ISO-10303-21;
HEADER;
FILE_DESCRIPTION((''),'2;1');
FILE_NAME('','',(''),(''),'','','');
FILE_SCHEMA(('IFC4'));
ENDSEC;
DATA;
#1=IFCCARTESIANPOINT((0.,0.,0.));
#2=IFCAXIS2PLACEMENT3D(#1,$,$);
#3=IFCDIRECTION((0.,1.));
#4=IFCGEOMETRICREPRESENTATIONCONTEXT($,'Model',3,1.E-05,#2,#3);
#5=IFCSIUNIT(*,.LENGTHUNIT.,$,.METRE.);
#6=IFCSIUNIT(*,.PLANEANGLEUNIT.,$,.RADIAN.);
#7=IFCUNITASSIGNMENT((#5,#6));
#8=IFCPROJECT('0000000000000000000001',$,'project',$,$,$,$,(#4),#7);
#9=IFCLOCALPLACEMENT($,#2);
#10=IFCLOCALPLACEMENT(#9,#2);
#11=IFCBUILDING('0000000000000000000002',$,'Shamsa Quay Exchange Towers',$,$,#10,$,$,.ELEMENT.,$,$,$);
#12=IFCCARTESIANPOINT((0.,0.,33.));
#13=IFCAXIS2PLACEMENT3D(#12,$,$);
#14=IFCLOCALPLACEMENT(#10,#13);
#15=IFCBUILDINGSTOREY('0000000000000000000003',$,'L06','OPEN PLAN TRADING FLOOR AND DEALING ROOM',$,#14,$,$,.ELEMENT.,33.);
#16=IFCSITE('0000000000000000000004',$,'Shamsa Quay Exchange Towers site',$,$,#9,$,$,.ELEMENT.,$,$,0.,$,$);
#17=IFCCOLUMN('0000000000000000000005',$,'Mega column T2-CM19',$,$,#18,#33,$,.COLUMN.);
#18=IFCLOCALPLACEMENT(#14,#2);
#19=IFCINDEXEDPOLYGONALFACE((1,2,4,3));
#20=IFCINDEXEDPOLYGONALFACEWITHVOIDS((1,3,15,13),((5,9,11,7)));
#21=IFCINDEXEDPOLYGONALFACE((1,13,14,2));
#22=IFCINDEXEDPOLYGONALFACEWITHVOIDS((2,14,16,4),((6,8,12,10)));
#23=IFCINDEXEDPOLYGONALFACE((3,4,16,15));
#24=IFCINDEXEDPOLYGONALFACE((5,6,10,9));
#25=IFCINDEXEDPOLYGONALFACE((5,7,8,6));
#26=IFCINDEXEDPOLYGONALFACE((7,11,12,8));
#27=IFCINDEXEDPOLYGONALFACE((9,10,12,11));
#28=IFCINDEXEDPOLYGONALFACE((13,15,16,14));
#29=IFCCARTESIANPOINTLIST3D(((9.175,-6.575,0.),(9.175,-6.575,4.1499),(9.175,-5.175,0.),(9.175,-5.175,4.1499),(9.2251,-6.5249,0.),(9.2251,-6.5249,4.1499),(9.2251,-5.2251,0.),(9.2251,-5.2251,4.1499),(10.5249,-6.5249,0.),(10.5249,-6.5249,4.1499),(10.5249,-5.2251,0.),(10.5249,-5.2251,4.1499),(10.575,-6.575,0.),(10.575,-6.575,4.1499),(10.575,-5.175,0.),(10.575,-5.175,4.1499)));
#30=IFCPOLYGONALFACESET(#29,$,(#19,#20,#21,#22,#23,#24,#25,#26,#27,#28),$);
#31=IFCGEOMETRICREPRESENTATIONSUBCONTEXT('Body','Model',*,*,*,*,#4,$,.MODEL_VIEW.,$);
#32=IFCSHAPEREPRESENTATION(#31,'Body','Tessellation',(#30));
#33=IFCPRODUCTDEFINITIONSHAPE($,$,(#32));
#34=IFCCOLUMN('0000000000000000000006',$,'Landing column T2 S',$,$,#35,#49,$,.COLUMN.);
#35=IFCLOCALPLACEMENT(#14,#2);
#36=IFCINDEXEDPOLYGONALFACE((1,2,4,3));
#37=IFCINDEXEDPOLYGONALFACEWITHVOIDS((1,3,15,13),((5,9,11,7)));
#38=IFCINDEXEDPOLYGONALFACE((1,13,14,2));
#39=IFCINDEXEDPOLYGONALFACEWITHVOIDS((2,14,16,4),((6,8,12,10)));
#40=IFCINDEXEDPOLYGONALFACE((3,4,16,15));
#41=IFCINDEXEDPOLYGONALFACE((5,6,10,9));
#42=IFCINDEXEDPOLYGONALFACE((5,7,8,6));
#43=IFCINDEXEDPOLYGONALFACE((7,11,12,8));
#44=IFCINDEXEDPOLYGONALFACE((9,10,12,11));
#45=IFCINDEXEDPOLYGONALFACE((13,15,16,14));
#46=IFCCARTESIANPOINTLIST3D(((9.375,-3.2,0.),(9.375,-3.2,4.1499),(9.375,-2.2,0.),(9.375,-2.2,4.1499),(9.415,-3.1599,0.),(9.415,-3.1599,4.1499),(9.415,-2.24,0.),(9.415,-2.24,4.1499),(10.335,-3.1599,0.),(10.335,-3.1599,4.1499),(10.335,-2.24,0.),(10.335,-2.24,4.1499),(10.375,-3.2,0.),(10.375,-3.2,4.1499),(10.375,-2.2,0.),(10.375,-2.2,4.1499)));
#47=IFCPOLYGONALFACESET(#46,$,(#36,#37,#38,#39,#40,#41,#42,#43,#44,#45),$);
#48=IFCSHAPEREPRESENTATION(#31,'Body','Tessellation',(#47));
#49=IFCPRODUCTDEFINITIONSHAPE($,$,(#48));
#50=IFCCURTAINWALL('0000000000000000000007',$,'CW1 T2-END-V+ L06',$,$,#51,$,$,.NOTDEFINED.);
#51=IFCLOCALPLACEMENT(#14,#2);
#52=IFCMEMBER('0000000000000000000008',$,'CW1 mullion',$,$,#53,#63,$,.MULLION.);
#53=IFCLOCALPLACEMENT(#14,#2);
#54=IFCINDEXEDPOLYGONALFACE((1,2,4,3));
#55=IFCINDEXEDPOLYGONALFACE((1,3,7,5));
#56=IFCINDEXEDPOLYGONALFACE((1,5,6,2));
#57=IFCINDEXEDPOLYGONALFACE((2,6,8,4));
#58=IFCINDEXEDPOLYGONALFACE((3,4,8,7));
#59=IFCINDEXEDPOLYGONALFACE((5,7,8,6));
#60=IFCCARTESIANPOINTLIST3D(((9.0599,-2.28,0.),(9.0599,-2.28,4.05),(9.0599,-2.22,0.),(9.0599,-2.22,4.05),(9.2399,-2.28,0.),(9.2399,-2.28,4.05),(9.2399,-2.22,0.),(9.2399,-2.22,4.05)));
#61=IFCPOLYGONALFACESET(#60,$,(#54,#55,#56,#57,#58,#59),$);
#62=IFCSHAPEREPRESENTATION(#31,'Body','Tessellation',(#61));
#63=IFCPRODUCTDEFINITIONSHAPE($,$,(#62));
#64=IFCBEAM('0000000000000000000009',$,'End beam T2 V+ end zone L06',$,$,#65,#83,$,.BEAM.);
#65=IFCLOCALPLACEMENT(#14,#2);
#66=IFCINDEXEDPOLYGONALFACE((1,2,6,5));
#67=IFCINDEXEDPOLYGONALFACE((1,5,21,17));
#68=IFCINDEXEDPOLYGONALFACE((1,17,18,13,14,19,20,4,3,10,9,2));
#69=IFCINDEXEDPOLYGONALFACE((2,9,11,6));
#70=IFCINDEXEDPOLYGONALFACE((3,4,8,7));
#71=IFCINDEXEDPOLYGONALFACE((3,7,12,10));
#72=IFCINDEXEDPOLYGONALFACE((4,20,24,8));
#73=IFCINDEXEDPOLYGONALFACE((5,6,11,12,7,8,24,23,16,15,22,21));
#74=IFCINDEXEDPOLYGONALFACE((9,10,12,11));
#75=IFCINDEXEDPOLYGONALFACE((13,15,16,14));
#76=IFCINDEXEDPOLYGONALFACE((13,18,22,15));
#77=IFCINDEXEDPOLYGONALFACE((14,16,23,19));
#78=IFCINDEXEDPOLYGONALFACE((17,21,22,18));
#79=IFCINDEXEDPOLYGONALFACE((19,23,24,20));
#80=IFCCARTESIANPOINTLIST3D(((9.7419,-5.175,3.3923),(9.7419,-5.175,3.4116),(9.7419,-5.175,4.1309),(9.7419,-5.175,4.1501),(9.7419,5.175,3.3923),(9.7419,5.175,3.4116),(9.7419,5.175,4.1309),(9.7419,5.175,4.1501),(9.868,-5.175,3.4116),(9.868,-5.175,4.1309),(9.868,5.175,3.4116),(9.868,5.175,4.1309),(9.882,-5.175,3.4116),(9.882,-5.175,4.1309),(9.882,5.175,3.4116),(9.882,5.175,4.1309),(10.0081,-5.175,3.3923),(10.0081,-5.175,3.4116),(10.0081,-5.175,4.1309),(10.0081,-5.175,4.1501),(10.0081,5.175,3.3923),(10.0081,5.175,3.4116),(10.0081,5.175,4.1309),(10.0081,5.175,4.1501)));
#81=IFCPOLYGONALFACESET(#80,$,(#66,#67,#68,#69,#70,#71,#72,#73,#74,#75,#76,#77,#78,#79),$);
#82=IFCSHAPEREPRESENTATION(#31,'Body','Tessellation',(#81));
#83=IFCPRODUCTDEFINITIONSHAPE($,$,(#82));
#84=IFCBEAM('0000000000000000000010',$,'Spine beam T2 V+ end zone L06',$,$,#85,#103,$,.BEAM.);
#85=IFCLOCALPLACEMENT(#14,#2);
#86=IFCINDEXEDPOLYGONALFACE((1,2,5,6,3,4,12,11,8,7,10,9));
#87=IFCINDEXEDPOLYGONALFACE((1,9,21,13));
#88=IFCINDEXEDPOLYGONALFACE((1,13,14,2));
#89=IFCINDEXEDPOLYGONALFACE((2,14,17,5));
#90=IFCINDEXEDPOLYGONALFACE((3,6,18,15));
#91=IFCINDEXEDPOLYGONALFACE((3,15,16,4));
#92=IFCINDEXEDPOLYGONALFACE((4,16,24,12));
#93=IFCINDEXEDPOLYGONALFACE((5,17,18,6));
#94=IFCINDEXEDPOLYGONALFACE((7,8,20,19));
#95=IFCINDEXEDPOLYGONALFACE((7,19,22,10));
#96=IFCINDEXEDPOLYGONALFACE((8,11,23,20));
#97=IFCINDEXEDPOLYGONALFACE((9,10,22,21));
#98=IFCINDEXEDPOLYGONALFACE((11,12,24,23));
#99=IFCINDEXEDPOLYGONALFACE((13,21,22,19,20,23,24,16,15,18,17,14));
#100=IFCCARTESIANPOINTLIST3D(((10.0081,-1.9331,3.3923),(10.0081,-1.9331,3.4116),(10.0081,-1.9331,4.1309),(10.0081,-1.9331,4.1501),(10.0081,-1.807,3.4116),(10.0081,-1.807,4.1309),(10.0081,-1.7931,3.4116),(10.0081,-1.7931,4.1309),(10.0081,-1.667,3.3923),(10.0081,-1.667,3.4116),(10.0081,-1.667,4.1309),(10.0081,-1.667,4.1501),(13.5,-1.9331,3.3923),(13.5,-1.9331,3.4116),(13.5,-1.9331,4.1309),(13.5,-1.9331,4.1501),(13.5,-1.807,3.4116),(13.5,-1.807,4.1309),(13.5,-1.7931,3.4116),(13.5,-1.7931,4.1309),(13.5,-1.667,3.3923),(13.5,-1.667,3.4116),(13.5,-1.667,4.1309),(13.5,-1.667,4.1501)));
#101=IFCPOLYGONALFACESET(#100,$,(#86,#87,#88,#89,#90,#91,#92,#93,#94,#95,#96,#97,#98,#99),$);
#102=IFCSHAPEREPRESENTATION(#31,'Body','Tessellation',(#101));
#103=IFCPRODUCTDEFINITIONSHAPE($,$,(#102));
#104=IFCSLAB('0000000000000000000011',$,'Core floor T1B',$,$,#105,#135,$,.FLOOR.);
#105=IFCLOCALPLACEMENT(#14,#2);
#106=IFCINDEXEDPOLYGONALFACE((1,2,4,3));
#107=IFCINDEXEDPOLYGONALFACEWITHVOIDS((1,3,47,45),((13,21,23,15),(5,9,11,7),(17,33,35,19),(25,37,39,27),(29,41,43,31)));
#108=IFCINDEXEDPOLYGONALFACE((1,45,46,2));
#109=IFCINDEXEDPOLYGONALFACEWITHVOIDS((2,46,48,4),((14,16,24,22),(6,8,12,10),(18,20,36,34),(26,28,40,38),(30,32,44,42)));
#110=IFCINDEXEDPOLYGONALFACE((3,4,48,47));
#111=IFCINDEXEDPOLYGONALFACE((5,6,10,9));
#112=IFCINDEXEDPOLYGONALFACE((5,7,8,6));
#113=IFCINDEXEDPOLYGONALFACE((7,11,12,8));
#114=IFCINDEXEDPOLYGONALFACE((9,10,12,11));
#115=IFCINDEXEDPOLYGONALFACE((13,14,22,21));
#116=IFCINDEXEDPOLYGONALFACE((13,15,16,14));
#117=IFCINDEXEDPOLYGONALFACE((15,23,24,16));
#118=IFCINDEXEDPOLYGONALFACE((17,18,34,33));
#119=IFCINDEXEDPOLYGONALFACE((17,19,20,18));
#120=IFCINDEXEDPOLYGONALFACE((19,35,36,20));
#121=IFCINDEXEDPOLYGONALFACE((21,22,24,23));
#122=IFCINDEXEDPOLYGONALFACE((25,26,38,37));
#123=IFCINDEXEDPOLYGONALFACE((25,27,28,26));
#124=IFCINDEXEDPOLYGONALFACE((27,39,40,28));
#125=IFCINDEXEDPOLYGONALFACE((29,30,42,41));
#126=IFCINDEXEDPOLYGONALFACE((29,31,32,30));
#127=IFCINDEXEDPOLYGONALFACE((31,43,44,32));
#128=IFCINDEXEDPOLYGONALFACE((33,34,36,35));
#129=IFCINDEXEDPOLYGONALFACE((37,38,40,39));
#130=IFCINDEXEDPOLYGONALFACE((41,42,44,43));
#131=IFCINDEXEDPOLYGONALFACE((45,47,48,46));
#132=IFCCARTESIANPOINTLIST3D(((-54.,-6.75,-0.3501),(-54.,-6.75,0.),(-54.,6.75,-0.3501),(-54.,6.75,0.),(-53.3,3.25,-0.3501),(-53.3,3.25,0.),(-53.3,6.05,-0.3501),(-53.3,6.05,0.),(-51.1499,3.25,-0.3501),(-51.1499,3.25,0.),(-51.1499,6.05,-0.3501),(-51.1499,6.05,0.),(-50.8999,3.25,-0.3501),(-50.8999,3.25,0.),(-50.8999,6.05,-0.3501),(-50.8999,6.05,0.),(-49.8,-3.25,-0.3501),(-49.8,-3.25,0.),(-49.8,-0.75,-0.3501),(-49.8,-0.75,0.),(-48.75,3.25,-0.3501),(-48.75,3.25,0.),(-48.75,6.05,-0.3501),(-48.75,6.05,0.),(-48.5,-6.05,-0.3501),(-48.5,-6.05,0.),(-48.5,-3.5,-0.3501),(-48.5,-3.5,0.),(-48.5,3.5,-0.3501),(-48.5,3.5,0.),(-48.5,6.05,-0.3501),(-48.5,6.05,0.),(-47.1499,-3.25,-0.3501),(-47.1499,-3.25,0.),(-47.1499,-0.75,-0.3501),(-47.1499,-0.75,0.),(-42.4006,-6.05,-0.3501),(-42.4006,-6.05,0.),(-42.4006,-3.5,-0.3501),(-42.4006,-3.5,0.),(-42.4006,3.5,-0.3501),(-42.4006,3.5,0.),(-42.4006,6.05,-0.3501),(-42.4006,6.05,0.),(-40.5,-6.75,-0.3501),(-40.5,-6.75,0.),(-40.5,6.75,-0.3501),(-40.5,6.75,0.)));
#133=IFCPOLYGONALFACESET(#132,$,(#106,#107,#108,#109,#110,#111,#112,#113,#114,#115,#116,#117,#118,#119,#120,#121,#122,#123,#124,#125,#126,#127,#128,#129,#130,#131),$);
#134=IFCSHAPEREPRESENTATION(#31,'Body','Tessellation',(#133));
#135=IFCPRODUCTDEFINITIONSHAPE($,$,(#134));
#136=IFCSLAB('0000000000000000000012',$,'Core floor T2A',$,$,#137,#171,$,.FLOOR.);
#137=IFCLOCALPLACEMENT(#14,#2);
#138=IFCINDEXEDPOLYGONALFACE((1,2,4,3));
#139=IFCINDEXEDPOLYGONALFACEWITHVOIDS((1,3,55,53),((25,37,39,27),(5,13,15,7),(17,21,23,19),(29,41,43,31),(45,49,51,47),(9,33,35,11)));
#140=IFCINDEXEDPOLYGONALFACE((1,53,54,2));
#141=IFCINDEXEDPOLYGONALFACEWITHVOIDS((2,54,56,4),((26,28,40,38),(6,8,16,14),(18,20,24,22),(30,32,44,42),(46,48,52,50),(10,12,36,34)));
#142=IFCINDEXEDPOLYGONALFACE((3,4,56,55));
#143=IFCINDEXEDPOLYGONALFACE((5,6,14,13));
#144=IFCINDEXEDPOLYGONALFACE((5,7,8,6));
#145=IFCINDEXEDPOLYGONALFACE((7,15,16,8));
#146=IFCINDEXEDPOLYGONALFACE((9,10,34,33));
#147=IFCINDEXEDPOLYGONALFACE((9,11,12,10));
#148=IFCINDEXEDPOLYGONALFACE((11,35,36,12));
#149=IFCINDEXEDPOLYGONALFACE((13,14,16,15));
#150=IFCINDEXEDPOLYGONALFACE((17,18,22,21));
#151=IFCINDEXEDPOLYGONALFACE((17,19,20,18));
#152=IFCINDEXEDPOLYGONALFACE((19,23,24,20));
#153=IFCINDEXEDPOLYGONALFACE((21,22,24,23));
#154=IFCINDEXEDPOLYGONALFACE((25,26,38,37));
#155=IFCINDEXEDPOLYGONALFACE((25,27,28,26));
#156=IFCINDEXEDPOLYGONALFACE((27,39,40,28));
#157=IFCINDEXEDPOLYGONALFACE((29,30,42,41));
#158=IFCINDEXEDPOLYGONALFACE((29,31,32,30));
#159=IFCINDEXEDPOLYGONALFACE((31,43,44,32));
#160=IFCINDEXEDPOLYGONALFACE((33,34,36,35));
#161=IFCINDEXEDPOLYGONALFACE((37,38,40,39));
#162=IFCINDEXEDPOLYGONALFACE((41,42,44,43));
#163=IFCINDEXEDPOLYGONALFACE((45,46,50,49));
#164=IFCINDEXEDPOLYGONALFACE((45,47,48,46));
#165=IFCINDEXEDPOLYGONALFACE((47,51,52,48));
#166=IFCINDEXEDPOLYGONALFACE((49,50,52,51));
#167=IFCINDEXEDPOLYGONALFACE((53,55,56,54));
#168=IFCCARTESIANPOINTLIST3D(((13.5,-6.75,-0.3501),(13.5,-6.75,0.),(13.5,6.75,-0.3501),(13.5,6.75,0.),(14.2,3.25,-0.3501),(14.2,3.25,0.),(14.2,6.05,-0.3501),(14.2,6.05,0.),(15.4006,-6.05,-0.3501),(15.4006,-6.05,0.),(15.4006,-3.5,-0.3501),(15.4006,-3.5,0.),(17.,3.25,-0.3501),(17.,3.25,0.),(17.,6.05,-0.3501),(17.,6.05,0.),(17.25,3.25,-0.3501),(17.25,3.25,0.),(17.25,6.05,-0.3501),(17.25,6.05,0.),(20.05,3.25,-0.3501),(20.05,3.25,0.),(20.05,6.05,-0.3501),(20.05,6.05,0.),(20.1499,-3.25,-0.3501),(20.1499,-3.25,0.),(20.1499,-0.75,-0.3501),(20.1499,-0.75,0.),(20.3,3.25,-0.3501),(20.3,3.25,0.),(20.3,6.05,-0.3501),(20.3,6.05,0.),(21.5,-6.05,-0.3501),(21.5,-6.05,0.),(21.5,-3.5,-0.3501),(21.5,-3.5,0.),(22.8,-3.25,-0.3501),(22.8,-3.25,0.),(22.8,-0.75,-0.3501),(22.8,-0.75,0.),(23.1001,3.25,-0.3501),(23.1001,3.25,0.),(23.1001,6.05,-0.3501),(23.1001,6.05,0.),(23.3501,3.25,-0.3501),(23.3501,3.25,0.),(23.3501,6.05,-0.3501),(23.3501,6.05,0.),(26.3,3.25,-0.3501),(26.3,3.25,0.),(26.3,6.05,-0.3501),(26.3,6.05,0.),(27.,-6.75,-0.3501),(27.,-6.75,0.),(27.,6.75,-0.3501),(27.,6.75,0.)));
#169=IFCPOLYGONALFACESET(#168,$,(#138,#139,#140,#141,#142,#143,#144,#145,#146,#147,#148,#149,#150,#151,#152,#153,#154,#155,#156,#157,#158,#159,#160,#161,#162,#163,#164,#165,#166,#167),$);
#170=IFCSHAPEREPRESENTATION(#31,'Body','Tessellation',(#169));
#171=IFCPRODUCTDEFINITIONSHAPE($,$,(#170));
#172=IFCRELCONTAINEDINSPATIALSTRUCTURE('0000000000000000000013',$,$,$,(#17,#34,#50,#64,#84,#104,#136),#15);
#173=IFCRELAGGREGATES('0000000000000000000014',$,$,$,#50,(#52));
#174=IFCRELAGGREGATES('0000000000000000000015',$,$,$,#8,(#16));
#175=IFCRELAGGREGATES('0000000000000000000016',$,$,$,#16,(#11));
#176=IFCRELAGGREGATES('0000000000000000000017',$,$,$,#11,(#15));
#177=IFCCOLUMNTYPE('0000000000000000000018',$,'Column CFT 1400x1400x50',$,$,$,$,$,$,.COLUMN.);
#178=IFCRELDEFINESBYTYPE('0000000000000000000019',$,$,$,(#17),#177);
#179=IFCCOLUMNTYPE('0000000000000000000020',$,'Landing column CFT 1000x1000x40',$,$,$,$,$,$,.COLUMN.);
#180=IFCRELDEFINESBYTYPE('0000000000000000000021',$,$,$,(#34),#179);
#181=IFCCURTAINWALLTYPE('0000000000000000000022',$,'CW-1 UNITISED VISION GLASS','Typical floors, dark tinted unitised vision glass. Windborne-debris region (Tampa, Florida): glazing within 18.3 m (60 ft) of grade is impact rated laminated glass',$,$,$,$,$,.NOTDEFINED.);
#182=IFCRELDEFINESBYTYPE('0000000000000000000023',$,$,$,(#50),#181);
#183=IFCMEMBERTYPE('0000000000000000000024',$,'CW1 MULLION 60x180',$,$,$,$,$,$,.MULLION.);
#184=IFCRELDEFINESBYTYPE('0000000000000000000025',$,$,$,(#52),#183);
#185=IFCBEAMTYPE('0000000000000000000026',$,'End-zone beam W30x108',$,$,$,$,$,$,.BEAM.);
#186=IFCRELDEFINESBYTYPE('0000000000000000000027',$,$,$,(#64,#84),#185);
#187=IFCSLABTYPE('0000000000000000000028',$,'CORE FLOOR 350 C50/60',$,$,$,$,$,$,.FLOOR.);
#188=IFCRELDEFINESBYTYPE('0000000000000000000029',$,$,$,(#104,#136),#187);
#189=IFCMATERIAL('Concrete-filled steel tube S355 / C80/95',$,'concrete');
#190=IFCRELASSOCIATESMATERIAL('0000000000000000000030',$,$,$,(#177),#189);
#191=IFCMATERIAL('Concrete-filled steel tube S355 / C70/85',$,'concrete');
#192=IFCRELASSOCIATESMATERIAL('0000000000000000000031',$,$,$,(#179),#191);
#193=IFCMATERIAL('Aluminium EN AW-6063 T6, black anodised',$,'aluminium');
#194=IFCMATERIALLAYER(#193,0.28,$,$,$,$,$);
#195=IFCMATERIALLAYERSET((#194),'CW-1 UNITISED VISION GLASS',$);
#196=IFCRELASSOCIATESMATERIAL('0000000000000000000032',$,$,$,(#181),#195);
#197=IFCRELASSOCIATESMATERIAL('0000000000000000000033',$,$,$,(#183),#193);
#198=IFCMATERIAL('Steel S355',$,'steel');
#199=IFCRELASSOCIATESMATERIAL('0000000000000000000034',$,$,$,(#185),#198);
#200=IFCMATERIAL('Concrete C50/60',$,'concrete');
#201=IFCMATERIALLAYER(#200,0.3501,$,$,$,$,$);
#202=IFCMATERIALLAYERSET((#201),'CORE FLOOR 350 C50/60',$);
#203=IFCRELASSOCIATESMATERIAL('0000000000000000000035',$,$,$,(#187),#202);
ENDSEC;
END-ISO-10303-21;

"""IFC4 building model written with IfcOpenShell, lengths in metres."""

from ifc_helpers import new_model, si_unit, direction, frame, origin, origin_2d, place, context, subcontext, project, spatial, polyline, rectangle, hollow_rectangle, i_section, outline, extrude, material, layer, layer_set, material_profile, profile_set, type_object, element, aggregate, save


model = new_model("IFC4")

# Units and contexts
model_context = context("Model", 3, precision=1e-05, world=origin(), true_north=direction((0.0, 1.0)))
body_context = subcontext(model_context, "Body", "Model", "MODEL_VIEW")
ifc_project = project(units=[si_unit("LENGTHUNIT", "METRE"), si_unit("PLANEANGLEUNIT", "RADIAN")], contexts=[model_context])

# Site, building, storey
site_placement = place(None, origin())
site = spatial("IfcSite", under=ifc_project, at=site_placement, Name="Shamsa Quay Exchange Towers site", CompositionType="ELEMENT", RefElevation=0.0)
building_placement = place(site_placement, origin())
building = spatial("IfcBuilding", under=site, at=building_placement, Name="Shamsa Quay Exchange Towers", CompositionType="ELEMENT")
storey_placement = place(building_placement, frame((0.0, 0.0, 33.0)))
storey = spatial("IfcBuildingStorey", under=building, at=storey_placement, Name="L06", Description="OPEN PLAN TRADING FLOOR AND DEALING ROOM", CompositionType="ELEMENT", Elevation=33.0)

# Columns
ifc_material_1 = material(Name="Concrete-filled steel tube S355 / C80/95", Category="concrete")
ifc_material_profile_1 = material_profile(ifc_material_1, hollow_rectangle(XDim=1.3999, YDim=1.3999, WallThickness=0.05, at=origin_2d()), Name="CFT 1400x1400x50")
ifc_profile_set_1 = profile_set([ifc_material_profile_1], Name="Concrete-filled steel tube S355 / C80/95")
column_type_1 = type_object("IfcColumnType", Name="Column CFT 1400x1400x50", PredefinedType="COLUMN", material=ifc_profile_set_1)
column_1_placement = place(storey_placement, frame((9.875, -5.875, 0.0)))
element("IfcColumn", 1, at=column_1_placement, inside=storey, type_object=column_type_1, Name="Mega column T2-CM19", PredefinedType="COLUMN", context=body_context, shape_type="SweptSolid", body=[
    extrude(hollow_rectangle(XDim=1.3999, YDim=1.3999, WallThickness=0.05, at=origin_2d()), origin(), (0.0, 0.0, 1.0), 4.1499),
])
ifc_material_2 = material(Name="Concrete-filled steel tube S355 / C70/85", Category="concrete")
ifc_material_profile_2 = material_profile(ifc_material_2, hollow_rectangle(XDim=1.0, YDim=1.0, WallThickness=0.04, at=origin_2d()), Name="CFT 1000x1000x40")
ifc_profile_set_2 = profile_set([ifc_material_profile_2], Name="Concrete-filled steel tube S355 / C70/85")
column_type_2 = type_object("IfcColumnType", Name="Landing column CFT 1000x1000x40", PredefinedType="COLUMN", material=ifc_profile_set_2)
column_2_placement = place(storey_placement, frame((9.875, -2.7, 0.0)))
element("IfcColumn", 2, at=column_2_placement, inside=storey, type_object=column_type_2, Name="Landing column T2 S", PredefinedType="COLUMN", context=body_context, shape_type="SweptSolid", body=[
    extrude(hollow_rectangle(XDim=1.0, YDim=1.0, WallThickness=0.04, at=origin_2d()), origin(), (0.0, 0.0, 1.0), 4.1499),
])

# Curtain wall, member
ifc_material_3 = material(Name="Aluminium EN AW-6063 T6, black anodised", Category="aluminium")
ifc_layer_1 = layer(ifc_material_3, 0.28)
ifc_layer_set_1 = layer_set([ifc_layer_1], Name="CW-1 UNITISED VISION GLASS")
curtain_wall_type_1 = type_object("IfcCurtainWallType", Name="CW-1 UNITISED VISION GLASS", Description="Typical floors, dark tinted unitised vision glass. Windborne-debris region (Tampa, Florida): glazing within 18.3 m (60 ft) of grade is impact rated laminated glass", PredefinedType="NOTDEFINED", material=ifc_layer_set_1)
curtain_wall_1_placement = place(storey_placement, origin())
curtain_wall_1 = element("IfcCurtainWall", 3, at=curtain_wall_1_placement, inside=storey, type_object=curtain_wall_type_1, Name="CW1 T2-END-V+ L06", PredefinedType="NOTDEFINED")
ifc_material_profile_3 = material_profile(ifc_material_3, rectangle(XDim=0.1799, YDim=0.0601, at=origin_2d()), Name="MU60x180")
ifc_profile_set_3 = profile_set([ifc_material_profile_3], Name="Aluminium EN AW-6063 T6, black anodised")
member_type = type_object("IfcMemberType", Name="CW1 MULLION 60x180", PredefinedType="MULLION", material=ifc_profile_set_3)
member_placement = place(storey_placement, frame((9.1499, -2.25, 0.0)))
member = element("IfcMember", 4, at=member_placement, type_object=member_type, Name="CW1 mullion", PredefinedType="MULLION", context=body_context, shape_type="SweptSolid", body=[
    extrude(rectangle(XDim=0.1799, YDim=0.0601, at=origin_2d()), origin(), (0.0, 0.0, 1.0), 4.05),
])

# Beams
ifc_material_4 = material(Name="Steel S355", Category="steel")
ifc_material_profile_4 = material_profile(ifc_material_4, i_section(OverallWidth=0.2661, OverallDepth=0.7578, WebThickness=0.0139, FlangeThickness=0.0193, at=origin_2d()), Name="W30x108")
ifc_profile_set_4 = profile_set([ifc_material_profile_4], Name="Steel S355")
beam_type = type_object("IfcBeamType", Name="End-zone beam W30x108", PredefinedType="BEAM", material=ifc_profile_set_4)
beam_1_placement = place(storey_placement, frame((9.875, -5.175, 3.7712), z_axis=(0.0, 1.0, 0.0), x_axis=(-1.0, 0.0, 0.0)))
element("IfcBeam", 5, at=beam_1_placement, inside=storey, type_object=beam_type, Name="End beam T2 V+ end zone L06", PredefinedType="BEAM", context=body_context, shape_type="SweptSolid", body=[
    extrude(i_section(OverallWidth=0.2661, OverallDepth=0.7578, WebThickness=0.0139, FlangeThickness=0.0193, at=origin_2d()), origin(), (0.0, 0.0, 1.0), 10.3501),
])
beam_2_placement = place(storey_placement, frame((13.5, -1.8, 3.7712), z_axis=(-1.0, 0.0, 0.0), x_axis=(0.0, -1.0, 0.0)))
element("IfcBeam", 6, at=beam_2_placement, inside=storey, type_object=beam_type, Name="Spine beam T2 V+ end zone L06", PredefinedType="BEAM", context=body_context, shape_type="SweptSolid", body=[
    extrude(i_section(OverallWidth=0.2661, OverallDepth=0.7578, WebThickness=0.0139, FlangeThickness=0.0193, at=origin_2d()), origin(), (0.0, 0.0, 1.0), 3.4919),
])

# Slabs
ifc_material_5 = material(Name="Concrete C50/60", Category="concrete")
ifc_layer_2 = layer(ifc_material_5, 0.3501)
ifc_layer_set_2 = layer_set([ifc_layer_2], Name="CORE FLOOR 350 C50/60")
slab_type_1 = type_object("IfcSlabType", Name="CORE FLOOR 350 C50/60", PredefinedType="FLOOR", material=ifc_layer_set_2)
slab_1_placement = place(storey_placement, frame((0.0, 0.0, -0.3501)))
element("IfcSlab", 7, at=slab_1_placement, inside=storey, type_object=slab_type_1, Name="Core floor T1B", PredefinedType="FLOOR", context=body_context, shape_type="SweptSolid", body=[
    extrude(outline(polyline([(-40.5, -6.75), (-40.5, 6.75), (-54.0, 6.75), (-54.0, -6.75), (-40.5, -6.75)]), holes=[polyline([(-42.4006, -3.5), (-42.4006, -6.05), (-48.5, -6.05), (-48.5, -3.5), (-42.4006, -3.5)]), polyline([(-42.4006, 6.05), (-42.4006, 3.5), (-48.5, 3.5), (-48.5, 6.05), (-42.4006, 6.05)]), polyline([(-48.75, 3.25), (-50.8999, 3.25), (-50.8999, 6.05), (-48.75, 6.05), (-48.75, 3.25)]), polyline([(-51.1499, 3.25), (-53.3, 3.25), (-53.3, 6.05), (-51.1499, 6.05), (-51.1499, 3.25)]), polyline([(-47.1499, -3.25), (-49.8, -3.25), (-49.8, -0.75), (-47.1499, -0.75), (-47.1499, -3.25)])]), origin(), (0.0, 0.0, 1.0), 0.3501),
])
slab_2_placement = place(storey_placement, frame((0.0, 0.0, -0.3501)))
element("IfcSlab", 8, at=slab_2_placement, inside=storey, type_object=slab_type_1, Name="Core floor T2A", PredefinedType="FLOOR", context=body_context, shape_type="SweptSolid", body=[
    extrude(outline(polyline([(13.5, -6.75), (27.0, -6.75), (27.0, 6.75), (13.5, 6.75), (13.5, -6.75)]), holes=[polyline([(15.4006, -6.05), (15.4006, -3.5), (21.5, -3.5), (21.5, -6.05), (15.4006, -6.05)]), polyline([(14.2, 3.25), (14.2, 6.05), (17.0, 6.05), (17.0, 3.25), (14.2, 3.25)]), polyline([(17.25, 3.25), (17.25, 6.05), (20.05, 6.05), (20.05, 3.25), (17.25, 3.25)]), polyline([(20.3, 3.25), (20.3, 6.05), (23.1001, 6.05), (23.1001, 3.25), (20.3, 3.25)]), polyline([(23.3501, 3.25), (23.3501, 6.05), (26.3, 6.05), (26.3, 3.25), (23.3501, 3.25)]), polyline([(20.1499, -3.25), (20.1499, -0.75), (22.8, -0.75), (22.8, -3.25), (20.1499, -3.25)])]), origin(), (0.0, 0.0, 1.0), 0.3501),
])

aggregate(curtain_wall_1, [member])

save(model, "model.ifc")
